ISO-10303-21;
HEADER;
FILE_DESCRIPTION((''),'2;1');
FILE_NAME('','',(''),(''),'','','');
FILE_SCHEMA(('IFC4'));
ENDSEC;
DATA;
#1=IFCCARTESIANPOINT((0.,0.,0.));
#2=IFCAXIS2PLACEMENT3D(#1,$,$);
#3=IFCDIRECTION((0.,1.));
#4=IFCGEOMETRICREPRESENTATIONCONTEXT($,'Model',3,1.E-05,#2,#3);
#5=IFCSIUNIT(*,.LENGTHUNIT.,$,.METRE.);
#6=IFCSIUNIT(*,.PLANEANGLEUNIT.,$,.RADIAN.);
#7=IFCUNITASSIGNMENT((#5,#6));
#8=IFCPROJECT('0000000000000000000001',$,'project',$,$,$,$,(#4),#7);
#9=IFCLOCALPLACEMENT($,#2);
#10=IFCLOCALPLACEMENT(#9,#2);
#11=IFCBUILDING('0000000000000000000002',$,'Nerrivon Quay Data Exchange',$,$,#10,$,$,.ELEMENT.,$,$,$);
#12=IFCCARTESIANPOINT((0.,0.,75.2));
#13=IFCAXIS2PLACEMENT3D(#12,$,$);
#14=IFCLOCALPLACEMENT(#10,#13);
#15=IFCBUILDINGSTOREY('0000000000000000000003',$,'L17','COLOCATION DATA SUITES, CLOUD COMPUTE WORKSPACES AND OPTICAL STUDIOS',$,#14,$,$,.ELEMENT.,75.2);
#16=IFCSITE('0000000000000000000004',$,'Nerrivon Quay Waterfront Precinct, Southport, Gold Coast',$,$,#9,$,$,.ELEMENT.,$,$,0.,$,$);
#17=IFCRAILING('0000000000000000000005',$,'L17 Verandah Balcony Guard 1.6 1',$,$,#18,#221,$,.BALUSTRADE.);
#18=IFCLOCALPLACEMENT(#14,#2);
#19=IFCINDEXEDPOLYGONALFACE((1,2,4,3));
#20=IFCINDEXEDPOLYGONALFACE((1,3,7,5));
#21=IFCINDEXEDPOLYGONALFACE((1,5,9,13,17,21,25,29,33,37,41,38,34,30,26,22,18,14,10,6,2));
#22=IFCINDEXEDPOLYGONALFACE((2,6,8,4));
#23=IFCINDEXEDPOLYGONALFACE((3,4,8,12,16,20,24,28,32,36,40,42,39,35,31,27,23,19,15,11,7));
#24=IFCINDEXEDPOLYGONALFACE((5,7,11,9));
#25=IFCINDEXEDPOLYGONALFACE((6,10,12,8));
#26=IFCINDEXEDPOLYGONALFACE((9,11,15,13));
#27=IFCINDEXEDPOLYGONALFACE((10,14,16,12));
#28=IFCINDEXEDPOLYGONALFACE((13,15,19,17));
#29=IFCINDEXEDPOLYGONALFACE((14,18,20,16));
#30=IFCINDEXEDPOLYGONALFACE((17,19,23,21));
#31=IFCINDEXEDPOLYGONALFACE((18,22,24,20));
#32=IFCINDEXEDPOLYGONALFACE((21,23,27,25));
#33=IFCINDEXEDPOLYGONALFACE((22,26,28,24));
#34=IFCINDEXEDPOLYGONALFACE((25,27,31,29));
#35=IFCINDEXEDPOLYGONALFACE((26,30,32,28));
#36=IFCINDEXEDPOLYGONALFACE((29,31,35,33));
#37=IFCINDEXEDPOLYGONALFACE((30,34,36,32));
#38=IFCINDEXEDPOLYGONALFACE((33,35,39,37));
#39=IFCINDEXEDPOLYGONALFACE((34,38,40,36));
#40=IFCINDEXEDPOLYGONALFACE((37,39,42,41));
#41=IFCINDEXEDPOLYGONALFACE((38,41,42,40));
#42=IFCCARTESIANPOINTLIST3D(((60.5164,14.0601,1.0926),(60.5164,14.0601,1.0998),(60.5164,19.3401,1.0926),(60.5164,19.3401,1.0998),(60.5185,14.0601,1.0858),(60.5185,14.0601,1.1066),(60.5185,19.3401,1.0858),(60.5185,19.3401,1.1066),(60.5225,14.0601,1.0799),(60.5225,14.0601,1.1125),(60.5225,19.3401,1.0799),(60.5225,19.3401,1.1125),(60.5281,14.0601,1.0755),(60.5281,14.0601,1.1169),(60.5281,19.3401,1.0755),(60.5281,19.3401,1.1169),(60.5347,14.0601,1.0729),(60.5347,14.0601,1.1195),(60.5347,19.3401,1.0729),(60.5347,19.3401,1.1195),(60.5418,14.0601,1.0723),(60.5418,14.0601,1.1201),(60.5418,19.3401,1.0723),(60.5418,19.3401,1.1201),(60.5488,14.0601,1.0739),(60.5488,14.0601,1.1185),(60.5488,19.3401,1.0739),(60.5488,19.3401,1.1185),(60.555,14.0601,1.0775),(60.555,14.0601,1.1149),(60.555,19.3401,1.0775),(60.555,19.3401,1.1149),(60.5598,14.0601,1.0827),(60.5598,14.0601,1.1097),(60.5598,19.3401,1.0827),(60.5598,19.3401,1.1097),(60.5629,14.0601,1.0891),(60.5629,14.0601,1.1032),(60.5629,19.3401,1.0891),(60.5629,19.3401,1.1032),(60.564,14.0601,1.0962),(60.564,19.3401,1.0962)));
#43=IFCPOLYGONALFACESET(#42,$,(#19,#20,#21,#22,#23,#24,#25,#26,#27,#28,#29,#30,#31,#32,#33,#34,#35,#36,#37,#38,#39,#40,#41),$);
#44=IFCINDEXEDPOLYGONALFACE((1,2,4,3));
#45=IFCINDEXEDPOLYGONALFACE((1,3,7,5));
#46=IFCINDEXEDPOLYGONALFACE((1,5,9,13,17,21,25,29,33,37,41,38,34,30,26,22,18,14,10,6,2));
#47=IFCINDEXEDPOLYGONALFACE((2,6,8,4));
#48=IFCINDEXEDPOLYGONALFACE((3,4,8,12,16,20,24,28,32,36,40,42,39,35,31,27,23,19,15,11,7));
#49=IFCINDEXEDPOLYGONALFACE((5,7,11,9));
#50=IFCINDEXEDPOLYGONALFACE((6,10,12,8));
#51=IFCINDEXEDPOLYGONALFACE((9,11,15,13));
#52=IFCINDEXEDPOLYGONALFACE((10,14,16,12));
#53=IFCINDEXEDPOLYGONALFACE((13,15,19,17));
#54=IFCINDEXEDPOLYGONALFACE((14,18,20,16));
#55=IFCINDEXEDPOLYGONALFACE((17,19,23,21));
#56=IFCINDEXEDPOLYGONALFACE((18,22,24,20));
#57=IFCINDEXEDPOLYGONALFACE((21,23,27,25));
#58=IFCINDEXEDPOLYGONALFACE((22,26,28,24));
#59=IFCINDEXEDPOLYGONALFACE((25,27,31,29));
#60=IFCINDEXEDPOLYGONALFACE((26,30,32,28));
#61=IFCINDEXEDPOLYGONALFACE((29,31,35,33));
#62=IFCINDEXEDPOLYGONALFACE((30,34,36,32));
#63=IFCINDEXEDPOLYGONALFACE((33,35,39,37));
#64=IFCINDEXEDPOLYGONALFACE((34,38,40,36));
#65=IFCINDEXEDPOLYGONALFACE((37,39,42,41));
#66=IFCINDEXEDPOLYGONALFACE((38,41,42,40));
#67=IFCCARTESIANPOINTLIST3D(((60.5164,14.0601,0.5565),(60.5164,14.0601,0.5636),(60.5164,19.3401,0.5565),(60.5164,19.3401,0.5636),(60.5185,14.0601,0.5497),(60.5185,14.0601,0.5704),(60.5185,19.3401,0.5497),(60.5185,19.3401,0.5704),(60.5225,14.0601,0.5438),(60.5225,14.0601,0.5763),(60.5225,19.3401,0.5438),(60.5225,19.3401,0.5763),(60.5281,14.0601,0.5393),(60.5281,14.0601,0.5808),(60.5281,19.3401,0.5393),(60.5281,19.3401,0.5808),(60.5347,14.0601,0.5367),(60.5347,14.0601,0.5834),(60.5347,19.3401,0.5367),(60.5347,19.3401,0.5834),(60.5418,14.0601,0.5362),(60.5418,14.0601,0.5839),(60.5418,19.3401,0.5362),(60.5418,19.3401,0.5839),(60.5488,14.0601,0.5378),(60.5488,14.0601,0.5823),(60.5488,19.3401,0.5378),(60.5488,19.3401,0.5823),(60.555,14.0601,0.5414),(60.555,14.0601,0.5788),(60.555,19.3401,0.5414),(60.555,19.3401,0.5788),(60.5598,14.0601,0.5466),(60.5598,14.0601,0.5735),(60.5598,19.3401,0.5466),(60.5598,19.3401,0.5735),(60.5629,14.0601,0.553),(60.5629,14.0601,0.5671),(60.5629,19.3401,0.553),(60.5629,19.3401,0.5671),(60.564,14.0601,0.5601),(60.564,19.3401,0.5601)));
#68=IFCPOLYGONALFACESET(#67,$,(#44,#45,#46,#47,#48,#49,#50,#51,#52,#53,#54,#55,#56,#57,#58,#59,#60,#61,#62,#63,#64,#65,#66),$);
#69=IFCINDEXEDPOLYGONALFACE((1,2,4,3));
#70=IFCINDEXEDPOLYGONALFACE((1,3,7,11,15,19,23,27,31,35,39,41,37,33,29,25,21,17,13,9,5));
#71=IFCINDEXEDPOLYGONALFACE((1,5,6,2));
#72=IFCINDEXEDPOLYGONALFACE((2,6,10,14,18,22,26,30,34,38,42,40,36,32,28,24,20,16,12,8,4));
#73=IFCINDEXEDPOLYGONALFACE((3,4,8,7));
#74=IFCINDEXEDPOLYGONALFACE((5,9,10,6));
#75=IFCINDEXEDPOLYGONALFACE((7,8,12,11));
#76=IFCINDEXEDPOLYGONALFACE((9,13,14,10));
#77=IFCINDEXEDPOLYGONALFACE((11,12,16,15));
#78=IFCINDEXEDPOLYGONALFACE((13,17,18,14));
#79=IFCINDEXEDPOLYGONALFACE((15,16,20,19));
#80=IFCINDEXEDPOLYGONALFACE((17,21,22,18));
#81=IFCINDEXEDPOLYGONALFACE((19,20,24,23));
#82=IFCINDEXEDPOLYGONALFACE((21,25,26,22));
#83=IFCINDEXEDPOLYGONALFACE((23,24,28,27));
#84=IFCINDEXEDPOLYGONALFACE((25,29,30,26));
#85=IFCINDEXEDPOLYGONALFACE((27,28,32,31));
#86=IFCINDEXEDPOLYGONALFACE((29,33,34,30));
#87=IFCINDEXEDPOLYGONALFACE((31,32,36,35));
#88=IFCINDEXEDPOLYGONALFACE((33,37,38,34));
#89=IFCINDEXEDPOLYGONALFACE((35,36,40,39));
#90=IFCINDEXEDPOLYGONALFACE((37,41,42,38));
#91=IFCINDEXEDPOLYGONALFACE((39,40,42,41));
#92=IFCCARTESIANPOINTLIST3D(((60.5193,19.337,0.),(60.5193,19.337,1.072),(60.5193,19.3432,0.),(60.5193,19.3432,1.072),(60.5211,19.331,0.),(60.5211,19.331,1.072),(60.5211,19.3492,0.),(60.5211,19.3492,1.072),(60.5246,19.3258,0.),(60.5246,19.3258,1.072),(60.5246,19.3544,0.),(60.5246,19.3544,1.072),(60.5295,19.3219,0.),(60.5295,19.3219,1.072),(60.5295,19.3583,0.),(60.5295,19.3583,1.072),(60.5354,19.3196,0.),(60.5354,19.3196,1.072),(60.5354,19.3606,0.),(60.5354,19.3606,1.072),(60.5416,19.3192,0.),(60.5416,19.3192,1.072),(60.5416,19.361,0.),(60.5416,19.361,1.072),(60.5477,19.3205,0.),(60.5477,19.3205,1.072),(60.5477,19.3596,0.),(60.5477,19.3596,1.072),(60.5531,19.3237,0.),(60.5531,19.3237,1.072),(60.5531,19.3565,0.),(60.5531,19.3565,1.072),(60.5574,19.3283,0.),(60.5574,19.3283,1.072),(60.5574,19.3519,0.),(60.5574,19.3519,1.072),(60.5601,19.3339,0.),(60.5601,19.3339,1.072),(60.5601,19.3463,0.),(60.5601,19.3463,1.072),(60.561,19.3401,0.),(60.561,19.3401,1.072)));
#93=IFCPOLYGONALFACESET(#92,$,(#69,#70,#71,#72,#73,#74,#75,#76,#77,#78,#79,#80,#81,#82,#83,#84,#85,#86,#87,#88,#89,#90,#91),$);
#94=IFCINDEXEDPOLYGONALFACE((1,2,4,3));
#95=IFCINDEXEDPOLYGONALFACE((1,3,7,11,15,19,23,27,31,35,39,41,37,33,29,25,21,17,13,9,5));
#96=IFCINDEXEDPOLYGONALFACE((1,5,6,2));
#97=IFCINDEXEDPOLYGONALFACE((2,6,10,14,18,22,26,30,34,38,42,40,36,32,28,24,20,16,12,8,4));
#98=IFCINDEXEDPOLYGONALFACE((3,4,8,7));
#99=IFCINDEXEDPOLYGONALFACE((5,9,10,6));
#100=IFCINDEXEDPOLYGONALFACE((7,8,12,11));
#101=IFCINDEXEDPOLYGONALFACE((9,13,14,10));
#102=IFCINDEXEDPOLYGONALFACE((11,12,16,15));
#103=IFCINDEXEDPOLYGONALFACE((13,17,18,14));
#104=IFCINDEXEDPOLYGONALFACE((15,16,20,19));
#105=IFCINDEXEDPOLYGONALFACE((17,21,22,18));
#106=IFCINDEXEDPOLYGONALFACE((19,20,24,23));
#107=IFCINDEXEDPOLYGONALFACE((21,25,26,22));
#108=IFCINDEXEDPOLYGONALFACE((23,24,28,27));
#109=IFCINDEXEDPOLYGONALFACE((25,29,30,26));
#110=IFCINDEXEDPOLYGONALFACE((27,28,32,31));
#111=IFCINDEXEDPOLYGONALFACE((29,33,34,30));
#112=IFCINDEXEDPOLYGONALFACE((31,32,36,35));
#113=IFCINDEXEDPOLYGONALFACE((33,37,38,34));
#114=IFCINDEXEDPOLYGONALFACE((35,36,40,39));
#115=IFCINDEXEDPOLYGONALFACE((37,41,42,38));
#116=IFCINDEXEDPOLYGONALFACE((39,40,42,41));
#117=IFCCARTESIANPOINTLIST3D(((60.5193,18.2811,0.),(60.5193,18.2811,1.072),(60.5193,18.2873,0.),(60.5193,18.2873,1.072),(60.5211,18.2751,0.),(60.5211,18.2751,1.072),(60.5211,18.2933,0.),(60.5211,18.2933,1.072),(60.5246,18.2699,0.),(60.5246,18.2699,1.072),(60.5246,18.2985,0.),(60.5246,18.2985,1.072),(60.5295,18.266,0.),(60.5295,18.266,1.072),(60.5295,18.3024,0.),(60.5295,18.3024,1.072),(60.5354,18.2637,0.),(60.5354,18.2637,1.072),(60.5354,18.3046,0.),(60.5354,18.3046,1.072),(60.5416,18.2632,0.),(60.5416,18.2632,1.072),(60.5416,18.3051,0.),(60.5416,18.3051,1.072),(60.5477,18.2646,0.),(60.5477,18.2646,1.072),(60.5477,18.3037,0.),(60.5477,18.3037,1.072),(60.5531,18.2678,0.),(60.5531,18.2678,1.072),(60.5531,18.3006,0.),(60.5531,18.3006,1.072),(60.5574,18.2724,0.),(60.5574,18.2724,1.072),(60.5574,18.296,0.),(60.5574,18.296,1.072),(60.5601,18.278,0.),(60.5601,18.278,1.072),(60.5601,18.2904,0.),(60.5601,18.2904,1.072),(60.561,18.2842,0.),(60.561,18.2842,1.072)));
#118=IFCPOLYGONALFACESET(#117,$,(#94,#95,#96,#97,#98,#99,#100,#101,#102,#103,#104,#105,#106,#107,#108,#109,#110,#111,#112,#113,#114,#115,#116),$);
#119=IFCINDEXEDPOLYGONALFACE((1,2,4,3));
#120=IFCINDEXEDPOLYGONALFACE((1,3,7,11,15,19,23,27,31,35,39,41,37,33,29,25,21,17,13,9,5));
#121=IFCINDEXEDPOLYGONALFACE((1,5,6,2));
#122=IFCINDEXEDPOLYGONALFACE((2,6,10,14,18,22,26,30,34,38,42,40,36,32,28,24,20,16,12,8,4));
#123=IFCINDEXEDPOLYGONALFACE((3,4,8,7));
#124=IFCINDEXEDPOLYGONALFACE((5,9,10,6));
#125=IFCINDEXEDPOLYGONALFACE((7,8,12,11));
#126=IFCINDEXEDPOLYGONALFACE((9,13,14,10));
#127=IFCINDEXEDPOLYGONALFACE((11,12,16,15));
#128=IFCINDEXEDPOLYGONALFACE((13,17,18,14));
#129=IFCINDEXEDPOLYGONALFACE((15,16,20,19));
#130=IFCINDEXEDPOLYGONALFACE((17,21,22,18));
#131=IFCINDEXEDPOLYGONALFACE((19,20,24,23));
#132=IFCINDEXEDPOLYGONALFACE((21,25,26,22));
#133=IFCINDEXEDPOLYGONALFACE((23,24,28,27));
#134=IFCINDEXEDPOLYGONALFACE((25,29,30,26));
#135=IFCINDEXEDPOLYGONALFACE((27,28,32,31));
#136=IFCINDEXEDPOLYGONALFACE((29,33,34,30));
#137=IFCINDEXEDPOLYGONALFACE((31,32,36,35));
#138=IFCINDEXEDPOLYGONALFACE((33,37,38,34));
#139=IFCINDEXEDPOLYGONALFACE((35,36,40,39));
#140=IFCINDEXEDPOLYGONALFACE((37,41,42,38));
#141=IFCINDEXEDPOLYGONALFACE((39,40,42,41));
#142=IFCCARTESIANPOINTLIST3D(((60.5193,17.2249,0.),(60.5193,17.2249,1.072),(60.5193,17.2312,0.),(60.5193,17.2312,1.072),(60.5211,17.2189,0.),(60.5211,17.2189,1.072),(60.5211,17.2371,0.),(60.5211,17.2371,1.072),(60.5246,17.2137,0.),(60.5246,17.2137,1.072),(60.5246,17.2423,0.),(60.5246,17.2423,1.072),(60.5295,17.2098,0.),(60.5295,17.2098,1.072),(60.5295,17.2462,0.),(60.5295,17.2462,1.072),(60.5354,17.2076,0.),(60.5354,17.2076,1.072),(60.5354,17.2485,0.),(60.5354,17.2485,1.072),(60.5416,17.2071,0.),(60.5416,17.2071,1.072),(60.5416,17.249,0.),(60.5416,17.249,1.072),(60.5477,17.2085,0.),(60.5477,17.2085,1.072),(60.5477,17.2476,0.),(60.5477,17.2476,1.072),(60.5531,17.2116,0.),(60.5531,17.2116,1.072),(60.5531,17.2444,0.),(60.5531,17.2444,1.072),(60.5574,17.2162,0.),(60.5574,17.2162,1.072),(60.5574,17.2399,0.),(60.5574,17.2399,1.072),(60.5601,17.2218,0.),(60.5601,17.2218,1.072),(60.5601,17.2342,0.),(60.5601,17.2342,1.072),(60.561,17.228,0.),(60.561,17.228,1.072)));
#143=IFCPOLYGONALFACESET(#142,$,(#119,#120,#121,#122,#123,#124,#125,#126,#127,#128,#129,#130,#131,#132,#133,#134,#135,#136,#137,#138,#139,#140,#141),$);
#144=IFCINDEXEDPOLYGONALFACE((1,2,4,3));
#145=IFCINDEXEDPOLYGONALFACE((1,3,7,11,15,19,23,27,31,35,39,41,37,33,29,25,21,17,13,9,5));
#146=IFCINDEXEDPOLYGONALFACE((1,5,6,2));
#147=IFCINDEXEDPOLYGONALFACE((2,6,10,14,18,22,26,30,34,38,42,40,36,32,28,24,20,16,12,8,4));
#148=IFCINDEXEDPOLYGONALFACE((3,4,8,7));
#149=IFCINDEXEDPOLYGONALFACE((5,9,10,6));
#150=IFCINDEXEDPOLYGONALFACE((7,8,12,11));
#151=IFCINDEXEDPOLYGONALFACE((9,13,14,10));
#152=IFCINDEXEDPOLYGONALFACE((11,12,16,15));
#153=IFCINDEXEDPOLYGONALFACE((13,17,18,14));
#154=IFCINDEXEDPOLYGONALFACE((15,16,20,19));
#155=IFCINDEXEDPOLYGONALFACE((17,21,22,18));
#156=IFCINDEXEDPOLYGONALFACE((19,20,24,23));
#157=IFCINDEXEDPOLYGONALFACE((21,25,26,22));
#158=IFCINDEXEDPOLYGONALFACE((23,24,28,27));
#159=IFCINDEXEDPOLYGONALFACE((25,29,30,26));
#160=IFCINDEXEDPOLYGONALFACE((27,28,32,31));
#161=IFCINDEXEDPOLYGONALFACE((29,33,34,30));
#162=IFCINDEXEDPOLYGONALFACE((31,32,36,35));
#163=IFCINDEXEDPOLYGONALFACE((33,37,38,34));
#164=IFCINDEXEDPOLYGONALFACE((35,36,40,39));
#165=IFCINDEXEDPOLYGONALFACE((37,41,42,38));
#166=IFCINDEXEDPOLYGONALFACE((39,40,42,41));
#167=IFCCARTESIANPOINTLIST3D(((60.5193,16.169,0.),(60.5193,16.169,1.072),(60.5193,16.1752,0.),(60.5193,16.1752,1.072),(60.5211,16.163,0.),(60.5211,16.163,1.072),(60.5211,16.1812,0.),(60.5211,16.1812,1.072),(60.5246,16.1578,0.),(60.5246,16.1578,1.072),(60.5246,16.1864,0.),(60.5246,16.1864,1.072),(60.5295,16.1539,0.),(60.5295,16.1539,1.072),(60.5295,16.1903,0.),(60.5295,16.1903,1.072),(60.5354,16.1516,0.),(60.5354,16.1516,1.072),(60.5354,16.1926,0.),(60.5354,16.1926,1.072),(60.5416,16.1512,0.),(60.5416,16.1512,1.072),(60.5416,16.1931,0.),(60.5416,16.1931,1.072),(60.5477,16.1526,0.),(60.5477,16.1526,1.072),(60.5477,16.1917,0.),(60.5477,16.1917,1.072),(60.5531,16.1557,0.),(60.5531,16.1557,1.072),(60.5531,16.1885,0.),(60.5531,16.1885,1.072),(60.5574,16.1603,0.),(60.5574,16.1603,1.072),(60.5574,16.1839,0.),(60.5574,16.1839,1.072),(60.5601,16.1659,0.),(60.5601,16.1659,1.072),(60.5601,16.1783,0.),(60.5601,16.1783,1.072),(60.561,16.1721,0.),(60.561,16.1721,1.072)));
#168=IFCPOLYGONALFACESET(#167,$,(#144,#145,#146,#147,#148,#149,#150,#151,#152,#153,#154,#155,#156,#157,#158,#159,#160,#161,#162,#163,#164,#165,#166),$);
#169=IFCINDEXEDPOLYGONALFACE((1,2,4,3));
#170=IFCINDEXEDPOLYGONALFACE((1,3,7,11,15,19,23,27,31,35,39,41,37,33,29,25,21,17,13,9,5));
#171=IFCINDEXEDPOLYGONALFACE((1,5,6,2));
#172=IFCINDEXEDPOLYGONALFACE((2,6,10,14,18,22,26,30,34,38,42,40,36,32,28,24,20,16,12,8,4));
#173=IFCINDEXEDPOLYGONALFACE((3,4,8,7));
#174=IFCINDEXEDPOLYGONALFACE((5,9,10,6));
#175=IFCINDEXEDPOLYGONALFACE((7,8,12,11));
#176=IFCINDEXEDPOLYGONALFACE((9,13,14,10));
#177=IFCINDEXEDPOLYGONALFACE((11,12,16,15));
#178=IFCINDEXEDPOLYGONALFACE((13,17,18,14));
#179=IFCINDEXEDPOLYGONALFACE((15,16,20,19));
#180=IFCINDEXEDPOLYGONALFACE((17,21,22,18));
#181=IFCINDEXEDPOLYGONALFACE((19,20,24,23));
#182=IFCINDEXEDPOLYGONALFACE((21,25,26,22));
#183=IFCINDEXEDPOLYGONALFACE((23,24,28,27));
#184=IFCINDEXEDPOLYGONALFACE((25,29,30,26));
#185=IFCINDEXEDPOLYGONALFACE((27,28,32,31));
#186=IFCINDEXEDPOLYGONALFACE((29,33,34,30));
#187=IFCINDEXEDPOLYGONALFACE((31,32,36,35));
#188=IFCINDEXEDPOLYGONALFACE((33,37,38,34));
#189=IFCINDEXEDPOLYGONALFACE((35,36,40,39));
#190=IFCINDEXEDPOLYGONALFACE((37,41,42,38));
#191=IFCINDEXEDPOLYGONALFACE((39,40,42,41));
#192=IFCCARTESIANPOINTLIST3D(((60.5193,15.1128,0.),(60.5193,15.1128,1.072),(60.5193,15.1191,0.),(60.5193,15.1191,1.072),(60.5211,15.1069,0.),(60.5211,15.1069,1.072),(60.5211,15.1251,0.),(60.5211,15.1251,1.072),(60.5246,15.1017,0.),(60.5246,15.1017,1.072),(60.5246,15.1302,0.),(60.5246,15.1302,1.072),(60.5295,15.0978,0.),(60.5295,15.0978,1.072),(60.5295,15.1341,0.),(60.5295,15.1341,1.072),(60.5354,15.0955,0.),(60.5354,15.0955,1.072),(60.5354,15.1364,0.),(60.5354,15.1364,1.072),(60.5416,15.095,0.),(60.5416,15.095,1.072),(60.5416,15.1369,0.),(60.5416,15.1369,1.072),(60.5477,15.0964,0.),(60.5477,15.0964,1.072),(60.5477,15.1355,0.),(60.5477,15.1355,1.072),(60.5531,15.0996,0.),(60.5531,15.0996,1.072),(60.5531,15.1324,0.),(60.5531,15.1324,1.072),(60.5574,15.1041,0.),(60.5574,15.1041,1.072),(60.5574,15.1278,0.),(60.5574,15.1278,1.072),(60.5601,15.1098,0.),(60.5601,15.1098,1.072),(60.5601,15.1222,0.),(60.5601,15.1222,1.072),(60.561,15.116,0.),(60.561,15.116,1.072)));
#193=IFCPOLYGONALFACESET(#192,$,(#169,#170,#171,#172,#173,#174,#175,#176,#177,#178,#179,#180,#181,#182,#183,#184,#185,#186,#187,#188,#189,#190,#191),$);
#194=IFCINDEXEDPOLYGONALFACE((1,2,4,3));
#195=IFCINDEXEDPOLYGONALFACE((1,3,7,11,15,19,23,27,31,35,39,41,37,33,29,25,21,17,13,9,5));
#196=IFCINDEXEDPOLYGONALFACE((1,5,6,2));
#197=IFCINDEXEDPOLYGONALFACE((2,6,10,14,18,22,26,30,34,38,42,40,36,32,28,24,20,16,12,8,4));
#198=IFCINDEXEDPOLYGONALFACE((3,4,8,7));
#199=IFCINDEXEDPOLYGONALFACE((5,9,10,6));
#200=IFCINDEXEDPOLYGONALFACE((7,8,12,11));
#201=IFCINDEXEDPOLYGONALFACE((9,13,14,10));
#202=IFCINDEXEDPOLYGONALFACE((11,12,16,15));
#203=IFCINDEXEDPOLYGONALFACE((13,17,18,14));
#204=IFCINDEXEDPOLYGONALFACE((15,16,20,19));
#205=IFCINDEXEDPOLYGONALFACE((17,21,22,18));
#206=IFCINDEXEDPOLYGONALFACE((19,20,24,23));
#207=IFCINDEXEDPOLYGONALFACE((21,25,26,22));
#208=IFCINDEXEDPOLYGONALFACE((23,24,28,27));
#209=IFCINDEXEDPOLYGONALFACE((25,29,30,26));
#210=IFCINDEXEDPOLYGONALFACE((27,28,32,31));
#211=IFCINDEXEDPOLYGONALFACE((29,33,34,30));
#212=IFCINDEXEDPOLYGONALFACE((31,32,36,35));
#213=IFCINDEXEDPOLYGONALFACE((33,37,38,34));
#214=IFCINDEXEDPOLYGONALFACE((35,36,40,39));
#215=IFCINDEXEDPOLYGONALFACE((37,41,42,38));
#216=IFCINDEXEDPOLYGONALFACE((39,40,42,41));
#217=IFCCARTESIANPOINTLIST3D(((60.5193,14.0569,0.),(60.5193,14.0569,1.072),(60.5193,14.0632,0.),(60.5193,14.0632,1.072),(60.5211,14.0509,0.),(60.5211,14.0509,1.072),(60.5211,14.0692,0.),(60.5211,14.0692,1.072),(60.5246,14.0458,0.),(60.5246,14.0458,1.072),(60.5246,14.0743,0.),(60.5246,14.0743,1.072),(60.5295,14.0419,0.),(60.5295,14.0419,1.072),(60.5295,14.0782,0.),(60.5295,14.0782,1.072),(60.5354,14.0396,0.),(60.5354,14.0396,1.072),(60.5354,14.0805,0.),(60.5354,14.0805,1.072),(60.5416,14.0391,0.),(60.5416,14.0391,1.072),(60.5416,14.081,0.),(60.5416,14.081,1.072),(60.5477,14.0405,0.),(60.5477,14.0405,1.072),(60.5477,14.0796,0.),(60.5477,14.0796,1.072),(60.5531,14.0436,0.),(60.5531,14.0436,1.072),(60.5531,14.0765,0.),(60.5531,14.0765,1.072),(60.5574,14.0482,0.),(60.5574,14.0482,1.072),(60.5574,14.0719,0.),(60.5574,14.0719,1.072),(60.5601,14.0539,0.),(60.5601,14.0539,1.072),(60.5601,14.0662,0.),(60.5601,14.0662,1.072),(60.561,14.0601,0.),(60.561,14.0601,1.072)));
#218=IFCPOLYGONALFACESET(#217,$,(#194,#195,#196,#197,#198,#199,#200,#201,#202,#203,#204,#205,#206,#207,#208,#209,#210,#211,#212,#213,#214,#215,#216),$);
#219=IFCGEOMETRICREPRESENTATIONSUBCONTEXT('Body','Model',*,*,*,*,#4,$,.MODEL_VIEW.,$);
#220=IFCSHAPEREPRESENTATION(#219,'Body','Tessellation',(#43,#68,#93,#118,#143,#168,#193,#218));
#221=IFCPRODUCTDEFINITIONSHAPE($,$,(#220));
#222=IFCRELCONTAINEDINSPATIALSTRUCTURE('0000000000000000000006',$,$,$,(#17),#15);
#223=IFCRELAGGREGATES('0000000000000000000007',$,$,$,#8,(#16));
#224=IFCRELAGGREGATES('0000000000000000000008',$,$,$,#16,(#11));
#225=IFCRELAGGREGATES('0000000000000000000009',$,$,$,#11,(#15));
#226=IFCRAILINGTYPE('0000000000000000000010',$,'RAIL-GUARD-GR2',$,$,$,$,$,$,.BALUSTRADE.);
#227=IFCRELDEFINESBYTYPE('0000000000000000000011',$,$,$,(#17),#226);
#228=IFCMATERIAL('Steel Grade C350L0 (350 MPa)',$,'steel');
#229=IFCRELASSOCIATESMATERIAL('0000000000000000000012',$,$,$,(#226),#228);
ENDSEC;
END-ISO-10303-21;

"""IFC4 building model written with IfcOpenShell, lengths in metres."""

from ifc_helpers import new_model, si_unit, direction, frame, origin, origin_2d, place, context, subcontext, project, spatial, circle, extrude, material, type_object, element, save


model = new_model("IFC4")

# Units and contexts
model_context = context("Model", 3, precision=1e-05, world=origin(), true_north=direction((0.0, 1.0)))
body_context = subcontext(model_context, "Body", "Model", "MODEL_VIEW")
ifc_project = project(units=[si_unit("LENGTHUNIT", "METRE"), si_unit("PLANEANGLEUNIT", "RADIAN")], contexts=[model_context])

# Site, building, storey
site_placement = place(None, origin())
site = spatial("IfcSite", under=ifc_project, at=site_placement, Name="Nerrivon Quay Waterfront Precinct, Southport, Gold Coast", CompositionType="ELEMENT", RefElevation=0.0)
building_placement = place(site_placement, origin())
building = spatial("IfcBuilding", under=site, at=building_placement, Name="Nerrivon Quay Data Exchange", CompositionType="ELEMENT")
storey_placement = place(building_placement, frame((0.0, 0.0, 75.2)))
storey = spatial("IfcBuildingStorey", under=building, at=storey_placement, Name="L17", Description="COLOCATION DATA SUITES, CLOUD COMPUTE WORKSPACES AND OPTICAL STUDIOS", CompositionType="ELEMENT", Elevation=75.2)

# Railing
ifc_material_1 = material(Name="Steel Grade C350L0 (350 MPa)", Category="steel")
railing_type = type_object("IfcRailingType", Name="RAIL-GUARD-GR2", PredefinedType="BALUSTRADE", material=ifc_material_1)
railing_1_placement = place(storey_placement, frame((60.54, 19.3401, 0.0)))
element("IfcRailing", 1, at=railing_1_placement, inside=storey, type_object=railing_type, Name="L17 Verandah Balcony Guard 1.6 1", PredefinedType="BALUSTRADE", context=body_context, shape_type="SweptSolid", body=[
    extrude(circle(Radius=0.0239, at=origin_2d()), frame((0.0, 0.0, 1.0962), z_axis=(0.0, -1.0, 0.0), x_axis=(1.0, 0.0, 0.0)), (0.0, 0.0, 1.0), 5.28),
    extrude(circle(Radius=0.0239, at=origin_2d()), frame((0.0, 0.0, 0.5601), z_axis=(0.0, -1.0, 0.0), x_axis=(1.0, 0.0, 0.0)), (0.0, 0.0, 1.0), 5.28),
    extrude(circle(Radius=0.021, at=origin_2d()), origin(), (0.0, 0.0, 1.0), 1.072),
    extrude(circle(Radius=0.021, at=origin_2d()), frame((0.0, -1.0559, 0.0)), (0.0, 0.0, 1.0), 1.072),
    extrude(circle(Radius=0.021, at=origin_2d()), frame((0.0, -2.1121, 0.0)), (0.0, 0.0, 1.0), 1.072),
    extrude(circle(Radius=0.021, at=origin_2d()), frame((0.0, -3.168, 0.0)), (0.0, 0.0, 1.0), 1.072),
    extrude(circle(Radius=0.021, at=origin_2d()), frame((0.0, -4.2241, 0.0)), (0.0, 0.0, 1.0), 1.072),
    extrude(circle(Radius=0.021, at=origin_2d()), frame((0.0, -5.28, 0.0)), (0.0, 0.0, 1.0), 1.072),
])

save(model, "model.ifc")
